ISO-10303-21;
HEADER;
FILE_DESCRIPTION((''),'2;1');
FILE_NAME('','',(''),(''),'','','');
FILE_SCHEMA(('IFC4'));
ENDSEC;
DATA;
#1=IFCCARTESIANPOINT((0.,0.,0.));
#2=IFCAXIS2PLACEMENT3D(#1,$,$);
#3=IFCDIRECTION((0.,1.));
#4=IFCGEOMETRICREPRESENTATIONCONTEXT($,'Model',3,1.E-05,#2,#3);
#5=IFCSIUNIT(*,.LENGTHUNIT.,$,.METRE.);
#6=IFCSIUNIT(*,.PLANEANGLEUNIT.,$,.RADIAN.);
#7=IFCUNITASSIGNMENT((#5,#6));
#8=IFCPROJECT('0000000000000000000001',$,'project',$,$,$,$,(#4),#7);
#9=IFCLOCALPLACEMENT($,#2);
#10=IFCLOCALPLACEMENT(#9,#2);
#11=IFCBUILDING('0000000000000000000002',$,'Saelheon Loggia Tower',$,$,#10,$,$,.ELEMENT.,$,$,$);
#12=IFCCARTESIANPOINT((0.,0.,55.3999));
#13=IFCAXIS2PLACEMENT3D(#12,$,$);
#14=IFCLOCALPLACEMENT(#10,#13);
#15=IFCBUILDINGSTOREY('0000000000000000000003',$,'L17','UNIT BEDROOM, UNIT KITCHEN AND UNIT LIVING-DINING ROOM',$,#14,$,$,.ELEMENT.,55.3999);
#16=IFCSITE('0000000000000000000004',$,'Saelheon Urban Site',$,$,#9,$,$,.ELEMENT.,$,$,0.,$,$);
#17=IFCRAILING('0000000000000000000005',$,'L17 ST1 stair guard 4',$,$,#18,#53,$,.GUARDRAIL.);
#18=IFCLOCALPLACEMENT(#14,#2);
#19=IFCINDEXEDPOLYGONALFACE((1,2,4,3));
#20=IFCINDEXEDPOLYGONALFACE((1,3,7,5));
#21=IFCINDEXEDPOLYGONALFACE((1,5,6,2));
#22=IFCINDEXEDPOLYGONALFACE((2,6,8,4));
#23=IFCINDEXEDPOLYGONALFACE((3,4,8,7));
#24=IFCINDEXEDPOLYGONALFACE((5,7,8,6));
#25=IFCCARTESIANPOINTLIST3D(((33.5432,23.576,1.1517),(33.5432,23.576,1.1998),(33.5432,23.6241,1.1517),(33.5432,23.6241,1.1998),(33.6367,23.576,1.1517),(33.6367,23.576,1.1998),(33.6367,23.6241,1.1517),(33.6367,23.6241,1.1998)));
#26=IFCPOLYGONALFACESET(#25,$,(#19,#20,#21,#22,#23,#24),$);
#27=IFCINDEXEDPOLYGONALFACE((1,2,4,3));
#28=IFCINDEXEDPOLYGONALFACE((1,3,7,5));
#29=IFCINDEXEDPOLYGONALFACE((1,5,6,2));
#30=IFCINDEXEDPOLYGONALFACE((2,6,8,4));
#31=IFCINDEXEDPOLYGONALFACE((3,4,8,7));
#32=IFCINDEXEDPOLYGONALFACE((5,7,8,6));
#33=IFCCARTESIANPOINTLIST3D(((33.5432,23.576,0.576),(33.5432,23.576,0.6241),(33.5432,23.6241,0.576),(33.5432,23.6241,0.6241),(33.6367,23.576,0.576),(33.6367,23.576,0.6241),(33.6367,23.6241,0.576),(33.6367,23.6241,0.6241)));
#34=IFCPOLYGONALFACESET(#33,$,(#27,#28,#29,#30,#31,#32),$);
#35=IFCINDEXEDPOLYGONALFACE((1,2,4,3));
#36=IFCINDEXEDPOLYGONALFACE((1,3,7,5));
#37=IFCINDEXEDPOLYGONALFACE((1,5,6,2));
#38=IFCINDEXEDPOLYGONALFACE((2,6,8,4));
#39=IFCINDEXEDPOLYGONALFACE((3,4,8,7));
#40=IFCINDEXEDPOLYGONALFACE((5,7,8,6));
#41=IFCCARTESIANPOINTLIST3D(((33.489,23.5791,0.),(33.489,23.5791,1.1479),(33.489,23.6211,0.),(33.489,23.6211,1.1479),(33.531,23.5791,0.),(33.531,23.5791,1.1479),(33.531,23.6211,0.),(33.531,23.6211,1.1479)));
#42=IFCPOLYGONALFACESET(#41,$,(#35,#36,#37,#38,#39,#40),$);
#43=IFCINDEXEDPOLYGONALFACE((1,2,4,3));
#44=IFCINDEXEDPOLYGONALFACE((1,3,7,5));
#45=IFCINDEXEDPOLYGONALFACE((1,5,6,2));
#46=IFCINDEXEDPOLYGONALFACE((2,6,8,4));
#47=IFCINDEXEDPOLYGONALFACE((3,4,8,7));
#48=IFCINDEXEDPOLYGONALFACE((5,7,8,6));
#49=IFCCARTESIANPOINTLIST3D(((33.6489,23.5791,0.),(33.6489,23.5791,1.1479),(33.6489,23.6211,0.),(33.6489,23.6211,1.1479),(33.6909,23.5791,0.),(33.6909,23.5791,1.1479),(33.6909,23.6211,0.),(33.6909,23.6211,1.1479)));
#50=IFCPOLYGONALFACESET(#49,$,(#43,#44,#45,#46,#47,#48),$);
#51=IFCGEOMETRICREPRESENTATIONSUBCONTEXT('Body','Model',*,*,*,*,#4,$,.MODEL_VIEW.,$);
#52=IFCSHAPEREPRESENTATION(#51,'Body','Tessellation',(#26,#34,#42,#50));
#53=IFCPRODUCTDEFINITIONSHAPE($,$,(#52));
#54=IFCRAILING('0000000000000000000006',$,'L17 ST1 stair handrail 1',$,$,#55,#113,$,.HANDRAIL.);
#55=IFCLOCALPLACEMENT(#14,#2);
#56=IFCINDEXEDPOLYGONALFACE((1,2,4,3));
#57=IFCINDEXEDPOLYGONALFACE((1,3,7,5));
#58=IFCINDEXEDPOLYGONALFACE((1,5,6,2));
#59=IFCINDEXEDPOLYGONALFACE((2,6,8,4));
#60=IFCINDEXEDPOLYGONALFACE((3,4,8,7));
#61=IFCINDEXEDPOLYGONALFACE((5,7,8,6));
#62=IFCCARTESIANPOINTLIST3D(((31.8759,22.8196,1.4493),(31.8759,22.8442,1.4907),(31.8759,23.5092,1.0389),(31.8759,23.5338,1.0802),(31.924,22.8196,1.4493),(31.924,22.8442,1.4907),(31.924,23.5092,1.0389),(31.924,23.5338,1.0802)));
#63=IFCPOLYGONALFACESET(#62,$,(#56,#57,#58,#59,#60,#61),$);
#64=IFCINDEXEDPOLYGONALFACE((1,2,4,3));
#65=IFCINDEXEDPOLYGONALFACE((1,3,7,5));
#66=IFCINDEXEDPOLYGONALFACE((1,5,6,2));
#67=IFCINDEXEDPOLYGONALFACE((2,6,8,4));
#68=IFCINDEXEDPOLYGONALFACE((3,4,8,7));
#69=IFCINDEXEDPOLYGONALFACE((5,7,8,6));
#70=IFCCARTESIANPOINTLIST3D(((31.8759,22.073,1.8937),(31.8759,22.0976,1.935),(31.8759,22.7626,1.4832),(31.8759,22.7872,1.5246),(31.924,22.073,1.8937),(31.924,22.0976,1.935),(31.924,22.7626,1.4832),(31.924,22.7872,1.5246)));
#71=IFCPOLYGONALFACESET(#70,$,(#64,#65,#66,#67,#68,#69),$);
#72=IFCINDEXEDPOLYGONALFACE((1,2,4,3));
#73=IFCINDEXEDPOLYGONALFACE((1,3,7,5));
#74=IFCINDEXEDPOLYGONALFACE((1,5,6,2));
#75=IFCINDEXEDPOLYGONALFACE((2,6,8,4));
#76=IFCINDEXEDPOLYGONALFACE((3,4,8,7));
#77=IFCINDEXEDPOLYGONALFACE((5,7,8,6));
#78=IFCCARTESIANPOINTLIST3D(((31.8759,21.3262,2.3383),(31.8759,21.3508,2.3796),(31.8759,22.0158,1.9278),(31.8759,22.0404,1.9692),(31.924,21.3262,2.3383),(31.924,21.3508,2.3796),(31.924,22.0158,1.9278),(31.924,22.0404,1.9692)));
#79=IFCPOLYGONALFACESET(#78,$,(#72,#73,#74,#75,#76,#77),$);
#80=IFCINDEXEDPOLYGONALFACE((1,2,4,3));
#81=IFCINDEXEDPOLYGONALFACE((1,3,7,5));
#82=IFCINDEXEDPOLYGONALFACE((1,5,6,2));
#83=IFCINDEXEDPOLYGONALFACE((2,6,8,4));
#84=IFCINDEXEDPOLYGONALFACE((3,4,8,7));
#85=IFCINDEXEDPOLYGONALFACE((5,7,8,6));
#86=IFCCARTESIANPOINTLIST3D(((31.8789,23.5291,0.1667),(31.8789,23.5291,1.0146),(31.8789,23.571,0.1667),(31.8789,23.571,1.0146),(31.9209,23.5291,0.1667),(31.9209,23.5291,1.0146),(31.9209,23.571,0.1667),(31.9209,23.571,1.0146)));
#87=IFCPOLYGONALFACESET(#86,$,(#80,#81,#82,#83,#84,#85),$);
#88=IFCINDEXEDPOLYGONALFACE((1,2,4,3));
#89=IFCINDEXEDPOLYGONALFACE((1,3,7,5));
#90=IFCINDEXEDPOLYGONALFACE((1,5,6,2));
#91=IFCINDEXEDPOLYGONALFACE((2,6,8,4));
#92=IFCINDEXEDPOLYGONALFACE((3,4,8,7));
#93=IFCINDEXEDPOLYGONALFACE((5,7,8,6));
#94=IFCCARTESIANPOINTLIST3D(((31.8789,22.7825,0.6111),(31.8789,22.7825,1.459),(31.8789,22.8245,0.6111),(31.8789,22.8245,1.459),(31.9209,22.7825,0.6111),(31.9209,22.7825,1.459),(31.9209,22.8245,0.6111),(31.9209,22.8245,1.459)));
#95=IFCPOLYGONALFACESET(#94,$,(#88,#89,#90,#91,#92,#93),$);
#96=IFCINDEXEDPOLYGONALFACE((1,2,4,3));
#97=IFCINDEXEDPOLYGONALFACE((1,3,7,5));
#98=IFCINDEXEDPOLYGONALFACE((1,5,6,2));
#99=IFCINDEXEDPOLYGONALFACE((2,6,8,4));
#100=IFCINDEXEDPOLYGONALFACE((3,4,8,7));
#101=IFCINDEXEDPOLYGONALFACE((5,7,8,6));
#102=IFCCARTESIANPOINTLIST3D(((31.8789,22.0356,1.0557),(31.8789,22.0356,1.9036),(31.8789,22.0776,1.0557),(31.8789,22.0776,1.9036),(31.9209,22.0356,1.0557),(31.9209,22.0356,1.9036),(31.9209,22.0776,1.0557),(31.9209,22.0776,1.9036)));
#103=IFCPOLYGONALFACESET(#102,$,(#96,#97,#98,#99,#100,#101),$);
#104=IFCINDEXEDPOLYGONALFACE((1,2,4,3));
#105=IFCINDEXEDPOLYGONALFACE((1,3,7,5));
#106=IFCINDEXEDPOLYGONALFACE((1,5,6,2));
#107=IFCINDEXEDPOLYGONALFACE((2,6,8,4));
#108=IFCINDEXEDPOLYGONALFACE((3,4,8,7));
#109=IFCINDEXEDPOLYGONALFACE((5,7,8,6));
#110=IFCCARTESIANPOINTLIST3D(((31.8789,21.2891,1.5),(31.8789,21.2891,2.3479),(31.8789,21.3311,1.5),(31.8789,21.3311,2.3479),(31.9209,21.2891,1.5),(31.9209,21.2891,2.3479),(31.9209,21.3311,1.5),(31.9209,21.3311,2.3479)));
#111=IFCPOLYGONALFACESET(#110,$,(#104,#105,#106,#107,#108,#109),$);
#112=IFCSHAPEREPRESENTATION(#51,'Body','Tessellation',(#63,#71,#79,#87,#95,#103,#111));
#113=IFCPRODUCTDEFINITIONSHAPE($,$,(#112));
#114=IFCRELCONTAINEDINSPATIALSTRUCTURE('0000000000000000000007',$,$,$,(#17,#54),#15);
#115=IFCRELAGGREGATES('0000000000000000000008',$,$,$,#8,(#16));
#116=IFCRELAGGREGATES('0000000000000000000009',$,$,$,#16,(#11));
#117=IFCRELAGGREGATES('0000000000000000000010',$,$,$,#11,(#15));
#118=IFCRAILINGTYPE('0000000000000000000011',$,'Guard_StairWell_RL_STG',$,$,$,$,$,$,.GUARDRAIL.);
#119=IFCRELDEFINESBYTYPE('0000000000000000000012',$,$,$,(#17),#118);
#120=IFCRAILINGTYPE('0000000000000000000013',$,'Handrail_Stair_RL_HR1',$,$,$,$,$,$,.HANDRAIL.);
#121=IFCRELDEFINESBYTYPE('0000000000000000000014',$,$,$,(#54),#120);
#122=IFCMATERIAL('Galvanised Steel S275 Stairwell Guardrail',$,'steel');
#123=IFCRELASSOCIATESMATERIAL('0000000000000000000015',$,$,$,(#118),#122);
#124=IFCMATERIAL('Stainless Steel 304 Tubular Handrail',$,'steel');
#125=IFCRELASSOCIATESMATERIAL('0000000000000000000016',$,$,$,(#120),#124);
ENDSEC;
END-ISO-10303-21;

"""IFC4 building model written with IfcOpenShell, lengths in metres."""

from ifc_helpers import new_model, si_unit, direction, frame, origin, origin_2d, place, context, subcontext, project, spatial, rectangle, extrude, material, type_object, element, save


model = new_model("IFC4")

# Units and contexts
model_context = context("Model", 3, precision=1e-05, world=origin(), true_north=direction((0.0, 1.0)))
body_context = subcontext(model_context, "Body", "Model", "MODEL_VIEW")
ifc_project = project(units=[si_unit("LENGTHUNIT", "METRE"), si_unit("PLANEANGLEUNIT", "RADIAN")], contexts=[model_context])

# Site, building, storey
site_placement = place(None, origin())
site = spatial("IfcSite", under=ifc_project, at=site_placement, Name="Saelheon Urban Site", CompositionType="ELEMENT", RefElevation=0.0)
building_placement = place(site_placement, origin())
building = spatial("IfcBuilding", under=site, at=building_placement, Name="Saelheon Loggia Tower", CompositionType="ELEMENT")
storey_placement = place(building_placement, frame((0.0, 0.0, 55.3999)))
storey = spatial("IfcBuildingStorey", under=building, at=storey_placement, Name="L17", Description="UNIT BEDROOM, UNIT KITCHEN AND UNIT LIVING-DINING ROOM", CompositionType="ELEMENT", Elevation=55.3999)

# Railings
ifc_material_1 = material(Name="Galvanised Steel S275 Stairwell Guardrail", Category="steel")
railing_type_1 = type_object("IfcRailingType", Name="Guard_StairWell_RL_STG", PredefinedType="GUARDRAIL", material=ifc_material_1)
railing_1_placement = place(storey_placement, frame((33.51, 23.6001, 0.0)))
element("IfcRailing", 1, at=railing_1_placement, inside=storey, type_object=railing_type_1, Name="L17 ST1 stair guard 4", PredefinedType="GUARDRAIL", context=body_context, shape_type="SweptSolid", body=[
    extrude(rectangle(XDim=0.0481, YDim=0.0481, at=origin_2d()), frame((0.0332, 0.0, 1.1758), z_axis=(1.0, 0.0, 0.0), x_axis=(0.0, 1.0, 0.0)), (0.0, 0.0, 1.0), 0.0935),
    extrude(rectangle(XDim=0.0481, YDim=0.0481, at=origin_2d()), frame((0.0332, 0.0, 0.6001), z_axis=(1.0, 0.0, 0.0), x_axis=(0.0, 1.0, 0.0)), (0.0, 0.0, 1.0), 0.0935),
    extrude(rectangle(XDim=0.042, YDim=0.042, at=origin_2d()), origin(), (0.0, 0.0, 1.0), 1.1479),
    extrude(rectangle(XDim=0.042, YDim=0.042, at=origin_2d()), frame((0.1599, 0.0, 0.0)), (0.0, 0.0, 1.0), 1.1479),
])
ifc_material_2 = material(Name="Stainless Steel 304 Tubular Handrail", Category="steel")
railing_type_2 = type_object("IfcRailingType", Name="Handrail_Stair_RL_HR1", PredefinedType="HANDRAIL", material=ifc_material_2)
railing_2_placement = place(storey_placement, frame((31.8999, 23.55, 0.1667)))
element("IfcRailing", 2, at=railing_2_placement, inside=storey, type_object=railing_type_2, Name="L17 ST1 stair handrail 1", PredefinedType="HANDRAIL", context=body_context, shape_type="SweptSolid", body=[
    extrude(rectangle(XDim=0.0481, YDim=0.0481, at=origin_2d()), frame((0.0, -0.0286, 0.8928), z_axis=(0.0, -0.859306, 0.511462), x_axis=(1.0, 0.0, 0.0)), (0.0, 0.0, 1.0), 0.8025),
    extrude(rectangle(XDim=0.0481, YDim=0.0481, at=origin_2d()), frame((0.0, -0.7751, 1.3372), z_axis=(0.0, -0.859306, 0.511462), x_axis=(1.0, 0.0, 0.0)), (0.0, 0.0, 1.0), 0.8025),
    extrude(rectangle(XDim=0.0481, YDim=0.0481, at=origin_2d()), frame((0.0, -1.522, 1.7817), z_axis=(0.0, -0.859306, 0.511462), x_axis=(1.0, 0.0, 0.0)), (0.0, 0.0, 1.0), 0.8025),
    extrude(rectangle(XDim=0.042, YDim=0.042, at=origin_2d()), origin(), (0.0, 0.0, 1.0), 0.8479),
    extrude(rectangle(XDim=0.042, YDim=0.042, at=origin_2d()), frame((0.0, -0.7466, 0.4443)), (0.0, 0.0, 1.0), 0.8479),
    extrude(rectangle(XDim=0.042, YDim=0.042, at=origin_2d()), frame((0.0, -1.4934, 0.8889)), (0.0, 0.0, 1.0), 0.8479),
    extrude(rectangle(XDim=0.042, YDim=0.042, at=origin_2d()), frame((0.0, -2.24, 1.3333)), (0.0, 0.0, 1.0), 0.8479),
])

save(model, "model.ifc")
